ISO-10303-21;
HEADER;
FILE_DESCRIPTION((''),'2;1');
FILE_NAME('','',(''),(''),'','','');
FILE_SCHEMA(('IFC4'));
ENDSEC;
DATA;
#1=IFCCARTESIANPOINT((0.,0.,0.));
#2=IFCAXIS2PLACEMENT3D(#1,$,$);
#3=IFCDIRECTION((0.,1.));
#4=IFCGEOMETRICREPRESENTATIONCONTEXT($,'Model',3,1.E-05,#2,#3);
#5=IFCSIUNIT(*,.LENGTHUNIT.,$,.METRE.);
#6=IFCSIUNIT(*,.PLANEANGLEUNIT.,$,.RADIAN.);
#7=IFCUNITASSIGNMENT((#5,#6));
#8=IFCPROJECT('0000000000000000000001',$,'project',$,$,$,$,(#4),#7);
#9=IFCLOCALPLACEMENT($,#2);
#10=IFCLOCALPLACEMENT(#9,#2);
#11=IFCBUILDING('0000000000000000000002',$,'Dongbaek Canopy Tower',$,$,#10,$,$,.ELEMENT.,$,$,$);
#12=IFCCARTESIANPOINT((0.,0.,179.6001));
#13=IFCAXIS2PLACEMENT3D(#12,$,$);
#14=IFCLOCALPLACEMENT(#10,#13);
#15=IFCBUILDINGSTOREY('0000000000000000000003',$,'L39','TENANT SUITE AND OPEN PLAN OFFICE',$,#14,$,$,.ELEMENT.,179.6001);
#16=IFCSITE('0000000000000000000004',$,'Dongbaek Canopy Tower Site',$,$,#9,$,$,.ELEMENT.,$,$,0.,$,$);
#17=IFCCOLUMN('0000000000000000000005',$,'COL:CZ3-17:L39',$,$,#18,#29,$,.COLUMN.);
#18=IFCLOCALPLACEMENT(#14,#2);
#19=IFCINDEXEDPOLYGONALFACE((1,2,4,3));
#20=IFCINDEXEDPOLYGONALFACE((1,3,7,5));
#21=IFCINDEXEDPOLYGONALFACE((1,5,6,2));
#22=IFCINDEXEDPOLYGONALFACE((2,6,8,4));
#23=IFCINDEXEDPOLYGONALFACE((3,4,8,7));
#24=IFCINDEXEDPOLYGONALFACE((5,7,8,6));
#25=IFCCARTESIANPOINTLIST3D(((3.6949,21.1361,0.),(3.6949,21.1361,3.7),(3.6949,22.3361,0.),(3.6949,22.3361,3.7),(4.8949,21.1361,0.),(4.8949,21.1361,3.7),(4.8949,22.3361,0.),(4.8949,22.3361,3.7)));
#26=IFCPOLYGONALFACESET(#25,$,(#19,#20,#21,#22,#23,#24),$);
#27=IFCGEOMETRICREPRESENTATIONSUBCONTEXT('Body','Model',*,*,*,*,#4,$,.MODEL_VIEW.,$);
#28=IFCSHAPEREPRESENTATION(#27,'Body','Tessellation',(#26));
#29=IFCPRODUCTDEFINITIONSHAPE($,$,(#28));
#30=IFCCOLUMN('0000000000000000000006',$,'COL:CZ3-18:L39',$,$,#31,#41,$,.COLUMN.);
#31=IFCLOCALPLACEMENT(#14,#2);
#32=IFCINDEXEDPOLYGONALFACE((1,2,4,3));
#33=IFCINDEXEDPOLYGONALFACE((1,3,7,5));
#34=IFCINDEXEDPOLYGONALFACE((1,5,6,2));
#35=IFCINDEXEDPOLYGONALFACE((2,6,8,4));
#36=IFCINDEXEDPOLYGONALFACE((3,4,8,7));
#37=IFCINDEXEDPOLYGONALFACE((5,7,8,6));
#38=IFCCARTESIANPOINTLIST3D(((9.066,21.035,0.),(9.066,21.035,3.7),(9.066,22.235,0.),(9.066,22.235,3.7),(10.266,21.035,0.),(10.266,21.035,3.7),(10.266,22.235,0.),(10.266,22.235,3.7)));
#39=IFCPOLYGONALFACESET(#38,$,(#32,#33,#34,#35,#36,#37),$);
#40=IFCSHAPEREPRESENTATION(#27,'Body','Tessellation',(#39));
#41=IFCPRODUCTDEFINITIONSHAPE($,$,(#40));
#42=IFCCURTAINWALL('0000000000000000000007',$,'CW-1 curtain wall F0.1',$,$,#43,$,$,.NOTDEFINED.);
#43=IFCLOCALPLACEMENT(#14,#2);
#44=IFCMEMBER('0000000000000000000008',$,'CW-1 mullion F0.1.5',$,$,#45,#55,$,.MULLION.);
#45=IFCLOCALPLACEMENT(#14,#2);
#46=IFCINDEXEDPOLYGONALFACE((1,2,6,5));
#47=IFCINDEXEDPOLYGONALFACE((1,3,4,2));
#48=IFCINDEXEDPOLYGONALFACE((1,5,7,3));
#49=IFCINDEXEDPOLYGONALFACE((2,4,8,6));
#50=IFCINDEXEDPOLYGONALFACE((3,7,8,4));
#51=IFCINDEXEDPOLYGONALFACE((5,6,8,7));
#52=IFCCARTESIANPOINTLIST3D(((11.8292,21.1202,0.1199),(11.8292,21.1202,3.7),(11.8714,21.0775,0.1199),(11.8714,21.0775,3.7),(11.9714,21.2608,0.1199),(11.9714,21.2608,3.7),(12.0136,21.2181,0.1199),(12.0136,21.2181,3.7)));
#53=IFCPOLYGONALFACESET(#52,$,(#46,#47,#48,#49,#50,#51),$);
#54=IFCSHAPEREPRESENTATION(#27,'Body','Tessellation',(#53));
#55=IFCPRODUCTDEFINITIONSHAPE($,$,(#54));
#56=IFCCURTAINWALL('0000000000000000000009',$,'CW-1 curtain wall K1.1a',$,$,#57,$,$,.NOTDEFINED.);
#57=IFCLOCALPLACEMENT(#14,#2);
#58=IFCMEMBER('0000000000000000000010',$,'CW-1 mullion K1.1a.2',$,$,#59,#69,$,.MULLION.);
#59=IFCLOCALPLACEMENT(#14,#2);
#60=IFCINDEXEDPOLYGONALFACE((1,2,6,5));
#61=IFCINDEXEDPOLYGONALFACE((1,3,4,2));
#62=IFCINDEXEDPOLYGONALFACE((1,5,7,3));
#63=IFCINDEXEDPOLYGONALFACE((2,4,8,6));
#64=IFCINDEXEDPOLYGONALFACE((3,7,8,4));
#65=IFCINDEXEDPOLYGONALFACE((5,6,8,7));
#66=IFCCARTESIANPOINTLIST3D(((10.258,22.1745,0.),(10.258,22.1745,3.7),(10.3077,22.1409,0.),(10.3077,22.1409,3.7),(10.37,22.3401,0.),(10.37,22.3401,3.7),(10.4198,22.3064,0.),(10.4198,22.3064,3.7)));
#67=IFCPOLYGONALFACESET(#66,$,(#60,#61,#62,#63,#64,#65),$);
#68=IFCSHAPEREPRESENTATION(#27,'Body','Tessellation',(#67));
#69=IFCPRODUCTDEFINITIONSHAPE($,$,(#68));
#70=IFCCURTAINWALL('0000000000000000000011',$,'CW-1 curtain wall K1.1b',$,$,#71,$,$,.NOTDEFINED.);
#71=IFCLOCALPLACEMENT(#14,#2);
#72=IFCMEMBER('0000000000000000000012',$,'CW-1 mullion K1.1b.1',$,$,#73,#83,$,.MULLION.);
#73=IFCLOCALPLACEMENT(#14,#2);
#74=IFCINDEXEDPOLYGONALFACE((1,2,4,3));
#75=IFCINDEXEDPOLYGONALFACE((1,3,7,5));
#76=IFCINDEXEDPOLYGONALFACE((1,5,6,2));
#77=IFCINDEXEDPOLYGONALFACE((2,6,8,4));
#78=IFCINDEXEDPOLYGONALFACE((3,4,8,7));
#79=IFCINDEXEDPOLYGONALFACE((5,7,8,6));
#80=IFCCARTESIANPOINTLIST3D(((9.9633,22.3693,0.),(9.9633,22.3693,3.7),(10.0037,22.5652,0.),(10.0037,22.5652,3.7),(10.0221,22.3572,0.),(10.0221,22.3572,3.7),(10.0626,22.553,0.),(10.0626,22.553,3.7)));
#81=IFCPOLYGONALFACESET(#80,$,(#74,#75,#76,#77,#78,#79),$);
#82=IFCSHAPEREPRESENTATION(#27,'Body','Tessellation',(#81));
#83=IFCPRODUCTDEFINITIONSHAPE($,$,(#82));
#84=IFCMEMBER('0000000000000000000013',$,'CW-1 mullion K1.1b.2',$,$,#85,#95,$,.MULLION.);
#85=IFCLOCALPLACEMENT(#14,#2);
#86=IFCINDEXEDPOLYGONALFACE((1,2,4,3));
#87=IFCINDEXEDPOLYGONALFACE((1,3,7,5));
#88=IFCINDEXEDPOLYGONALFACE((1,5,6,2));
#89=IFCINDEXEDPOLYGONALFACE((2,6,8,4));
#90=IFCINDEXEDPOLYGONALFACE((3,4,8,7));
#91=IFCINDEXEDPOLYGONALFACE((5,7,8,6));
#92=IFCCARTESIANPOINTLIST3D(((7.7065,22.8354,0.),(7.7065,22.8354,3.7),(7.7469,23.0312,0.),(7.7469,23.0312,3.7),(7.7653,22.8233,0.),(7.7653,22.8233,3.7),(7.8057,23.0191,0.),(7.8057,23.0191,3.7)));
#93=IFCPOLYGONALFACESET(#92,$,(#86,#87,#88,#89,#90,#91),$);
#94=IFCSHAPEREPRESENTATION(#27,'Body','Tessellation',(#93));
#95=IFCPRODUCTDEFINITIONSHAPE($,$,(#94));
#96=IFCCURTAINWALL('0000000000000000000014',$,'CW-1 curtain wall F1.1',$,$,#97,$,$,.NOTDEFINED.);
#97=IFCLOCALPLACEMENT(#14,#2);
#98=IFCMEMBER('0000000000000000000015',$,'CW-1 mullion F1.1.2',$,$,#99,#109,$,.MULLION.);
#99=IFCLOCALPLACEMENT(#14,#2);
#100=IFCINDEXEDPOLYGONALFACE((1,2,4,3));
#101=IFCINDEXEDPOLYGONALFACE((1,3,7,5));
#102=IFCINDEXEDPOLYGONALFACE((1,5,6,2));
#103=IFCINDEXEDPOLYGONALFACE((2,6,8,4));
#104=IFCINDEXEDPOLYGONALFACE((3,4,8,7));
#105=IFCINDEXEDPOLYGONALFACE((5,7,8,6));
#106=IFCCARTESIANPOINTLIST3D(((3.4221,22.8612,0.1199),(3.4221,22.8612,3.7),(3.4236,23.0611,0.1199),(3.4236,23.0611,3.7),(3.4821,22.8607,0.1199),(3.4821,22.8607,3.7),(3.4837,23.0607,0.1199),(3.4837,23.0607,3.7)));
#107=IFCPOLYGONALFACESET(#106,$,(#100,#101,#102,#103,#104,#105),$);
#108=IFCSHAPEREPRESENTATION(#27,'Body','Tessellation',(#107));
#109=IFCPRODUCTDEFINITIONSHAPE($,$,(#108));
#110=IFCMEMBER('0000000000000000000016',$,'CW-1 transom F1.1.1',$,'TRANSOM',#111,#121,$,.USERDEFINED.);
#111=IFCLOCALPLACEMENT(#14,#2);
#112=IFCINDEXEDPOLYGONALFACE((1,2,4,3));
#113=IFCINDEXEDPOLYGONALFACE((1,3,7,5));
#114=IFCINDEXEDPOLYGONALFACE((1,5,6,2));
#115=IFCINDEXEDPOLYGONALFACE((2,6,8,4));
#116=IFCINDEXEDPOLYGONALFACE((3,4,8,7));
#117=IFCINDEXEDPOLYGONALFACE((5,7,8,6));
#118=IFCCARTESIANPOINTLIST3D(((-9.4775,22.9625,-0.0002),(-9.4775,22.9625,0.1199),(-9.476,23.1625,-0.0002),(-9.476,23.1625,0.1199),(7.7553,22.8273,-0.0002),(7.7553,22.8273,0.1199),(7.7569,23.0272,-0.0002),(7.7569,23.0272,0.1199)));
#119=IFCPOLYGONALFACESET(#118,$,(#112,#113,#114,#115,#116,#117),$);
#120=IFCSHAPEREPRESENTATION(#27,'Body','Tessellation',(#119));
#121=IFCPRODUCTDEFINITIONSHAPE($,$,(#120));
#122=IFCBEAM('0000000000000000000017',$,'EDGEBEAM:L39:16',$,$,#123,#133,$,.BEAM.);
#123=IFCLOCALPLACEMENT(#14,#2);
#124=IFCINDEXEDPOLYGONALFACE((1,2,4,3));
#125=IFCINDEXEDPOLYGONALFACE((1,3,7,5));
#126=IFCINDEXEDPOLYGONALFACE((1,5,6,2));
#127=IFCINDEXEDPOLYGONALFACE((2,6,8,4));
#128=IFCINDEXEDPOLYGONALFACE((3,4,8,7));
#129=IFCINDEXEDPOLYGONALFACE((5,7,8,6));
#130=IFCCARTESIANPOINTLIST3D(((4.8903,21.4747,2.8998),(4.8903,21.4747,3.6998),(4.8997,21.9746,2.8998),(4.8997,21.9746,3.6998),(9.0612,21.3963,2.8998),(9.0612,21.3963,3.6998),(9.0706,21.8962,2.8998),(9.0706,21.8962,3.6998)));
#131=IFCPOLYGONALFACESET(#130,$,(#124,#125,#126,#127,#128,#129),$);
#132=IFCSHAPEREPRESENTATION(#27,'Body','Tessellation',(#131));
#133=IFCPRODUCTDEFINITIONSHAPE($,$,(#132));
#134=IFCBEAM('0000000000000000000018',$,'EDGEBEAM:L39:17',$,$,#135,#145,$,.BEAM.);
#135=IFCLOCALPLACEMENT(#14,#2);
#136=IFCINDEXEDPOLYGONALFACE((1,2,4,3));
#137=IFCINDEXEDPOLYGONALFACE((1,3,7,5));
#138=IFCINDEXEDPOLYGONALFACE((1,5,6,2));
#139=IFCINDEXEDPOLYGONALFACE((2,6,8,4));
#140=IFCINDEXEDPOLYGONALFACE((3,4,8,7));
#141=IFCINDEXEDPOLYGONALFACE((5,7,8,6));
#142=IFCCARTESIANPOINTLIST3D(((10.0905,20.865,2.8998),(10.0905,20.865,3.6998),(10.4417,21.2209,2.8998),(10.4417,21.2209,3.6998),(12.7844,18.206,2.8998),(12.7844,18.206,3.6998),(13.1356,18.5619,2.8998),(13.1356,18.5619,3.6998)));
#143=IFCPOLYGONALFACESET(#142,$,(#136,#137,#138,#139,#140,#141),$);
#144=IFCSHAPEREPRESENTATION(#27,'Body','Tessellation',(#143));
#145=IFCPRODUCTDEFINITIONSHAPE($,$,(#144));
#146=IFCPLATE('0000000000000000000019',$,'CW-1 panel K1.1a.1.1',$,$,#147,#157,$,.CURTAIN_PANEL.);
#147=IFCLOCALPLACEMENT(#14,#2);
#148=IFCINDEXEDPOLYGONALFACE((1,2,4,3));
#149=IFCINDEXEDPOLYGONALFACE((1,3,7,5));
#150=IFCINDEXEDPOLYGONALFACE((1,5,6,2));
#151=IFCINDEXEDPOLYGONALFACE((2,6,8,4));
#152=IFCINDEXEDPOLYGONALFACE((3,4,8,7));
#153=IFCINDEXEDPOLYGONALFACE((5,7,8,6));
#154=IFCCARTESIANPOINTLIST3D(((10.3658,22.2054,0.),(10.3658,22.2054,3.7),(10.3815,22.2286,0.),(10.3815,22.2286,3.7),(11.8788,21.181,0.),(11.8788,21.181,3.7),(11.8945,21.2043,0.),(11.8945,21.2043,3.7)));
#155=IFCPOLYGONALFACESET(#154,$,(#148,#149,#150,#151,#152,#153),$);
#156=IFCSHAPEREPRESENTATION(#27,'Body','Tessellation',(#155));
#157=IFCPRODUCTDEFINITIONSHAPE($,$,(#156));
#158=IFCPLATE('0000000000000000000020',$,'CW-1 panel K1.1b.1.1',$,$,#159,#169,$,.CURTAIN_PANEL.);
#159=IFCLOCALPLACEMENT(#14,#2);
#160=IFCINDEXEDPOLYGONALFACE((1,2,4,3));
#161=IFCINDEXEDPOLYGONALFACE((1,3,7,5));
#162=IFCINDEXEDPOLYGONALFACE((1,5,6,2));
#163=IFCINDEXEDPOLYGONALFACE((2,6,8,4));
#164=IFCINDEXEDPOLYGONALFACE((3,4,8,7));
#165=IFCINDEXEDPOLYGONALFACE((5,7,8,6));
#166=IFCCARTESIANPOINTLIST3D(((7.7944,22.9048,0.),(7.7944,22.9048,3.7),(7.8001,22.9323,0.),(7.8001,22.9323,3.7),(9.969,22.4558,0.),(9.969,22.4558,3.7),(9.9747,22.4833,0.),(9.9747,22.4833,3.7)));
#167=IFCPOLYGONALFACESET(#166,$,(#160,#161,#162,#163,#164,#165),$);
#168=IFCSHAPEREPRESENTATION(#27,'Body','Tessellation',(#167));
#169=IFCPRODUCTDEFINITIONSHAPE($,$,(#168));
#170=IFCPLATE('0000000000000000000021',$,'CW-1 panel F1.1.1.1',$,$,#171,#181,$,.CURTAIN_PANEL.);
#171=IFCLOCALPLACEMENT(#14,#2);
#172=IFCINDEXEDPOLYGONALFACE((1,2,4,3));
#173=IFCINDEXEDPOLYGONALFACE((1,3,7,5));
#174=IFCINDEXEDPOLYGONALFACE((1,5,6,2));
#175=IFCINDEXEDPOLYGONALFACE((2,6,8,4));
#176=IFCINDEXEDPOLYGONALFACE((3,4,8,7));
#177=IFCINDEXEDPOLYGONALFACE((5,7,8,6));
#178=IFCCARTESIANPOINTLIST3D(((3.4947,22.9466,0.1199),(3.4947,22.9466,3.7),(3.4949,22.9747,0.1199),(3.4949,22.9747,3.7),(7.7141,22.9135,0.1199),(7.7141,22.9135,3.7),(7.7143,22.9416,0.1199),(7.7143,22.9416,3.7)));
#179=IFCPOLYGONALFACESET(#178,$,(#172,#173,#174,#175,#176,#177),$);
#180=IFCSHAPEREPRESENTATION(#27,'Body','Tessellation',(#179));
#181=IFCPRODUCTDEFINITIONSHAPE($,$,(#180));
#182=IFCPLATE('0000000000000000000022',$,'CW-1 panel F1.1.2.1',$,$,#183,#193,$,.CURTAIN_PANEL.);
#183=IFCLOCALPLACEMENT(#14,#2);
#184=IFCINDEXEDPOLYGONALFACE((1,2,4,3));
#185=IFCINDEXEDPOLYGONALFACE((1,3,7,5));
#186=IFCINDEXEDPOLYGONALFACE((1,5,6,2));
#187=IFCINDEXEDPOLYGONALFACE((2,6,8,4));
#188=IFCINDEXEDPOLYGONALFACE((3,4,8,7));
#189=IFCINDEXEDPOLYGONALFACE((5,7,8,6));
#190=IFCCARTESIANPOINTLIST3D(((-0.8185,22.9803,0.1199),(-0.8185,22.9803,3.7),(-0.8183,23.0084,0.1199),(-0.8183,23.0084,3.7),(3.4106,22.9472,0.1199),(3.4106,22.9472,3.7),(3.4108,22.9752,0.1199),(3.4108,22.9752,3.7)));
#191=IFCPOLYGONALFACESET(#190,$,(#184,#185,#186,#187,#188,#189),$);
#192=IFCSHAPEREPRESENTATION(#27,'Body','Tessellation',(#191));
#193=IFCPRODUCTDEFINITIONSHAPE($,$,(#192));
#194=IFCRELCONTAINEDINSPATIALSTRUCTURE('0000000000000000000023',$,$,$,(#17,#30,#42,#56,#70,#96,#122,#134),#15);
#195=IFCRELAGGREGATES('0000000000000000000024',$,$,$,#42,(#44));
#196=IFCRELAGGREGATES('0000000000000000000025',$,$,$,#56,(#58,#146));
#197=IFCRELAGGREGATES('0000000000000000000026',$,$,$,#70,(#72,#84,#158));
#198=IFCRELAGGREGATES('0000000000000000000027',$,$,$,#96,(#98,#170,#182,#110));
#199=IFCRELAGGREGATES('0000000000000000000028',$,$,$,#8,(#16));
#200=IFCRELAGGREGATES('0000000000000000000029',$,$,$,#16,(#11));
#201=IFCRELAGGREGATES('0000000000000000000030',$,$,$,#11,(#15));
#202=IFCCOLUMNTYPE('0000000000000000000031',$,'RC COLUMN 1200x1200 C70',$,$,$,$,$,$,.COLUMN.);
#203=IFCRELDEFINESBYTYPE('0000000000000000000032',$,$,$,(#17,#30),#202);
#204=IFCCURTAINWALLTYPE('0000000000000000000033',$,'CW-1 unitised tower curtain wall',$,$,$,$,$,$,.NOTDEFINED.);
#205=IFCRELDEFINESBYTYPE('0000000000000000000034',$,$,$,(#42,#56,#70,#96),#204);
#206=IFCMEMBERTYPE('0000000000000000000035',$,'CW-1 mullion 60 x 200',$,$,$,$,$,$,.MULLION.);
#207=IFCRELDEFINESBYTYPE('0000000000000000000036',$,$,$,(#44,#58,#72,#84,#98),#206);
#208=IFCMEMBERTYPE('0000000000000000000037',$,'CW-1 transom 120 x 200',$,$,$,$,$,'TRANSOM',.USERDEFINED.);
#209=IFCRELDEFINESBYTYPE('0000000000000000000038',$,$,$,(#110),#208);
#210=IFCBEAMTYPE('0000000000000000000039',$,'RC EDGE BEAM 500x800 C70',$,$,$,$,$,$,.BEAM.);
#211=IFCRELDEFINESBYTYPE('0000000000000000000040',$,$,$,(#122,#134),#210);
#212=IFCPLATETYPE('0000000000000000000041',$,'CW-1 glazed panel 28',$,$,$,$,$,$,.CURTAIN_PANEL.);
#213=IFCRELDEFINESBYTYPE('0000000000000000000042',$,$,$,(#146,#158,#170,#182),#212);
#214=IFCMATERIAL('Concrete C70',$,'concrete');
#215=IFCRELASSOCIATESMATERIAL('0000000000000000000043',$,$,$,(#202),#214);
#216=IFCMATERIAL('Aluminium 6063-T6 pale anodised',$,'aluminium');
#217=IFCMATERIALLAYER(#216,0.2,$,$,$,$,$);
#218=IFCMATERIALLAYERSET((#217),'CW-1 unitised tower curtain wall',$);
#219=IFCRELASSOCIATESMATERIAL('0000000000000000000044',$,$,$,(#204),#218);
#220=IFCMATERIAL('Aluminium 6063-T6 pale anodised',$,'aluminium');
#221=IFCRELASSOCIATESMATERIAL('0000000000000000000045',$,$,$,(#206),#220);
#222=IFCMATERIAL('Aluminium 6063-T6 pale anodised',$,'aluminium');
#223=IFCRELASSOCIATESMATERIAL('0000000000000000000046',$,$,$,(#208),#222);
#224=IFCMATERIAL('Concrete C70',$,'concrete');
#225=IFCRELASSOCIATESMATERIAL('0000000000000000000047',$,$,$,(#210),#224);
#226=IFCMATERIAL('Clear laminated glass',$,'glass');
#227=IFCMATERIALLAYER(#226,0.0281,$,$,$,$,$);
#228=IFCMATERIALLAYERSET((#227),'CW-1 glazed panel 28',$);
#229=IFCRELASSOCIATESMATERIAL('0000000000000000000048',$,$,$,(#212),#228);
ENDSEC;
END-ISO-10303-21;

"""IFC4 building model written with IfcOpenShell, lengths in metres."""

from ifc_helpers import new_model, si_unit, direction, frame, origin, origin_2d, place, context, subcontext, project, spatial, rectangle, extrude, material, layer, layer_set, material_profile, profile_set, type_object, element, aggregate, save


model = new_model("IFC4")

# Units and contexts
model_context = context("Model", 3, precision=1e-05, world=origin(), true_north=direction((0.0, 1.0)))
body_context = subcontext(model_context, "Body", "Model", "MODEL_VIEW")
ifc_project = project(units=[si_unit("LENGTHUNIT", "METRE"), si_unit("PLANEANGLEUNIT", "RADIAN")], contexts=[model_context])

# Site, building, storey
site_placement = place(None, origin())
site = spatial("IfcSite", under=ifc_project, at=site_placement, Name="Dongbaek Canopy Tower Site", CompositionType="ELEMENT", RefElevation=0.0)
building_placement = place(site_placement, origin())
building = spatial("IfcBuilding", under=site, at=building_placement, Name="Dongbaek Canopy Tower", CompositionType="ELEMENT")
storey_placement = place(building_placement, frame((0.0, 0.0, 179.6001)))
storey = spatial("IfcBuildingStorey", under=building, at=storey_placement, Name="L39", Description="TENANT SUITE AND OPEN PLAN OFFICE", CompositionType="ELEMENT", Elevation=179.6001)

# Columns
ifc_material_1 = material(Name="Concrete C70", Category="concrete")
ifc_material_profile_1 = material_profile(ifc_material_1, rectangle(XDim=1.2, YDim=1.2, at=origin_2d()), Name="RC COLUMN 1200x1200 C70")
ifc_profile_set_1 = profile_set([ifc_material_profile_1], Name="Concrete C70")
column_type = type_object("IfcColumnType", Name="RC COLUMN 1200x1200 C70", PredefinedType="COLUMN", material=ifc_profile_set_1)
for number, where, z_axis, x_axis, name in (
    (1, (4.2949, 21.7361, 0.0), (0.0, 0.0, 1.0), (1.0, 0.0, 0.0), "COL:CZ3-17:L39"),
    (2, (9.666, 21.635, 0.0), (0.0, 0.0, 1.0), (1.0, 0.0, 0.0), "COL:CZ3-18:L39"),
):
    element("IfcColumn", number, at=place(storey_placement, frame(where, z_axis=z_axis, x_axis=x_axis)), inside=storey, type_object=column_type, Name=name, PredefinedType="COLUMN", context=body_context, shape_type="SweptSolid", body=[
        extrude(rectangle(XDim=1.2, YDim=1.2, at=origin_2d()), origin(), (0.0, 0.0, 1.0), 3.7),
    ])

# Curtain walls, members
ifc_material_2 = material(Name="Aluminium 6063-T6 pale anodised", Category="aluminium")
ifc_layer_1 = layer(ifc_material_2, 0.2)
ifc_layer_set_1 = layer_set([ifc_layer_1], Name="CW-1 unitised tower curtain wall")
curtain_wall_type = type_object("IfcCurtainWallType", Name="CW-1 unitised tower curtain wall", PredefinedType="NOTDEFINED", material=ifc_layer_set_1)
curtain_wall_1_placement = place(storey_placement, origin())
curtain_wall_1 = element("IfcCurtainWall", 3, at=curtain_wall_1_placement, inside=storey, type_object=curtain_wall_type, Name="CW-1 curtain wall F0.1", PredefinedType="NOTDEFINED")
ifc_material_3 = material(Name="Aluminium 6063-T6 pale anodised", Category="aluminium")
ifc_material_profile_2 = material_profile(ifc_material_3, rectangle(XDim=0.2, YDim=0.0601, at=origin_2d()), Name="CW-1 mullion 60 x 200")
ifc_profile_set_2 = profile_set([ifc_material_profile_2], Name="Aluminium 6063-T6 pale anodised")
member_type_1 = type_object("IfcMemberType", Name="CW-1 mullion 60 x 200", PredefinedType="MULLION", material=ifc_profile_set_2)
member_1_placement = place(storey_placement, frame((11.9214, 21.1692, 0.1199), z_axis=(0.0, 0.0, 1.0), x_axis=(0.710991, 0.703201, 0.0)))
member_1 = element("IfcMember", 4, at=member_1_placement, type_object=member_type_1, Name="CW-1 mullion F0.1.5", PredefinedType="MULLION", context=body_context, shape_type="SweptSolid", body=[
    extrude(rectangle(XDim=0.2, YDim=0.0601, at=origin_2d()), origin(), (0.0, 0.0, 1.0), 3.5801),
])
aggregate(curtain_wall_1, [member_1])
curtain_wall_2_placement = place(storey_placement, origin())
curtain_wall_2 = element("IfcCurtainWall", 5, at=curtain_wall_2_placement, inside=storey, type_object=curtain_wall_type, Name="CW-1 curtain wall K1.1a", PredefinedType="NOTDEFINED")
member_2_placement = place(storey_placement, frame((10.3389, 22.2405, 0.0), z_axis=(0.0, 0.0, 1.0), x_axis=(0.560626, 0.828069, 0.0)))
member_2 = element("IfcMember", 6, at=member_2_placement, type_object=member_type_1, Name="CW-1 mullion K1.1a.2", PredefinedType="MULLION", context=body_context, shape_type="SweptSolid", body=[
    extrude(rectangle(XDim=0.2, YDim=0.0601, at=origin_2d()), origin(), (0.0, 0.0, 1.0), 3.7),
])

# Curtain walls, members
curtain_wall_3_placement = place(storey_placement, origin())
curtain_wall_3 = element("IfcCurtainWall", 7, at=curtain_wall_3_placement, inside=storey, type_object=curtain_wall_type, Name="CW-1 curtain wall K1.1b", PredefinedType="NOTDEFINED")
member_3_placement = place(storey_placement, frame((10.0129, 22.4612, 0.0), z_axis=(0.0, 0.0, 1.0), x_axis=(0.202208, 0.979343, 0.0)))
member_3 = element("IfcMember", 8, at=member_3_placement, type_object=member_type_1, Name="CW-1 mullion K1.1b.1", PredefinedType="MULLION", context=body_context, shape_type="SweptSolid", body=[
    extrude(rectangle(XDim=0.2, YDim=0.0601, at=origin_2d()), origin(), (0.0, 0.0, 1.0), 3.7),
])
member_4_placement = place(storey_placement, frame((7.7561, 22.9272, 0.0), z_axis=(0.0, 0.0, 1.0), x_axis=(0.202208, 0.979343, 0.0)))
member_4 = element("IfcMember", 9, at=member_4_placement, type_object=member_type_1, Name="CW-1 mullion K1.1b.2", PredefinedType="MULLION", context=body_context, shape_type="SweptSolid", body=[
    extrude(rectangle(XDim=0.2, YDim=0.0601, at=origin_2d()), origin(), (0.0, 0.0, 1.0), 3.7),
])
curtain_wall_4_placement = place(storey_placement, origin())
curtain_wall_4 = element("IfcCurtainWall", 10, at=curtain_wall_4_placement, inside=storey, type_object=curtain_wall_type, Name="CW-1 curtain wall F1.1", PredefinedType="NOTDEFINED")
member_5_placement = place(storey_placement, frame((3.4529, 22.9609, 0.1199), z_axis=(0.0, 0.0, 1.0), x_axis=(0.007847, 0.999969, 0.0)))
member_5 = element("IfcMember", 11, at=member_5_placement, type_object=member_type_1, Name="CW-1 mullion F1.1.2", PredefinedType="MULLION", context=body_context, shape_type="SweptSolid", body=[
    extrude(rectangle(XDim=0.2, YDim=0.0601, at=origin_2d()), origin(), (0.0, 0.0, 1.0), 3.5801),
])
ifc_material_4 = material(Name="Aluminium 6063-T6 pale anodised", Category="aluminium")
ifc_material_profile_3 = material_profile(ifc_material_4, rectangle(XDim=0.2, YDim=0.1201, at=origin_2d()), Name="CW-1 transom 120 x 200")
ifc_profile_set_3 = profile_set([ifc_material_profile_3], Name="Aluminium 6063-T6 pale anodised")
member_type_2 = type_object("IfcMemberType", Name="CW-1 transom 120 x 200", ElementType="TRANSOM", PredefinedType="USERDEFINED", material=ifc_profile_set_3)
member_6_placement = place(storey_placement, frame((7.7561, 22.9272, 0.0598), z_axis=(-0.999969, 0.007848, 0.0), x_axis=(-0.007848, -0.999969, 0.0)))
member_6 = element("IfcMember", 12, at=member_6_placement, type_object=member_type_2, Name="CW-1 transom F1.1.1", ObjectType="TRANSOM", PredefinedType="USERDEFINED", context=body_context, shape_type="SweptSolid", body=[
    extrude(rectangle(XDim=0.2, YDim=0.1201, at=origin_2d()), origin(), (0.0, 0.0, 1.0), 17.2334),
])

# Beams
ifc_material_5 = material(Name="Concrete C70", Category="concrete")
ifc_material_profile_4 = material_profile(ifc_material_5, rectangle(XDim=0.5, YDim=0.8, at=origin_2d()), Name="RC EDGE BEAM 500x800 C70")
ifc_profile_set_4 = profile_set([ifc_material_profile_4], Name="Concrete C70")
beam_type = type_object("IfcBeamType", Name="RC EDGE BEAM 500x800 C70", PredefinedType="BEAM", material=ifc_profile_set_4)
beam_1_placement = place(storey_placement, frame((4.895, 21.7246, 3.2998), z_axis=(0.999824, -0.018786, 0.0), x_axis=(0.018786, 0.999824, 0.0)))
element("IfcBeam", 13, at=beam_1_placement, inside=storey, type_object=beam_type, Name="EDGEBEAM:L39:16", PredefinedType="BEAM", context=body_context, shape_type="SweptSolid", body=[
    extrude(rectangle(XDim=0.5, YDim=0.8, at=origin_2d()), origin(), (0.0, 0.0, 1.0), 4.1716),
])
beam_2_placement = place(storey_placement, frame((10.2661, 21.043, 3.2998), z_axis=(0.711704, -0.70248, 0.0), x_axis=(0.70248, 0.711704, 0.0)))
element("IfcBeam", 14, at=beam_2_placement, inside=storey, type_object=beam_type, Name="EDGEBEAM:L39:17", PredefinedType="BEAM", context=body_context, shape_type="SweptSolid", body=[
    extrude(rectangle(XDim=0.5, YDim=0.8, at=origin_2d()), origin(), (0.0, 0.0, 1.0), 3.7852),
])

# Plates
ifc_material_6 = material(Name="Clear laminated glass", Category="glass")
ifc_layer_2 = layer(ifc_material_6, 0.0281)
ifc_layer_set_2 = layer_set([ifc_layer_2], Name="CW-1 glazed panel 28")
plate_type = type_object("IfcPlateType", Name="CW-1 glazed panel 28", PredefinedType="CURTAIN_PANEL", material=ifc_layer_set_2)
plate_1_placement = place(storey_placement, frame((11.1301, 21.7048, 0.0), z_axis=(0.0, 0.0, 1.0), x_axis=(-0.828069, 0.560626, 0.0)))
plate_1 = element("IfcPlate", 15, at=plate_1_placement, type_object=plate_type, Name="CW-1 panel K1.1a.1.1", PredefinedType="CURTAIN_PANEL", context=body_context, shape_type="SweptSolid", body=[
    extrude(rectangle(XDim=1.8271, YDim=0.0281, at=origin_2d()), origin(), (0.0, 0.0, 1.0), 3.7),
])
aggregate(curtain_wall_2, [member_2, plate_1])
plate_2_placement = place(storey_placement, frame((8.8845, 22.6941, 0.0), z_axis=(0.0, 0.0, 1.0), x_axis=(-0.979343, 0.202208, 0.0)))
plate_2 = element("IfcPlate", 16, at=plate_2_placement, type_object=plate_type, Name="CW-1 panel K1.1b.1.1", PredefinedType="CURTAIN_PANEL", context=body_context, shape_type="SweptSolid", body=[
    extrude(rectangle(XDim=2.2205, YDim=0.0281, at=origin_2d()), origin(), (0.0, 0.0, 1.0), 3.7),
])
aggregate(curtain_wall_3, [member_3, member_4, plate_2])
plate_3_placement = place(storey_placement, frame((5.6045, 22.9441, 0.1199), z_axis=(0.0, 0.0, 1.0), x_axis=(-0.999969, 0.007847, 0.0)))
plate_3 = element("IfcPlate", 17, at=plate_3_placement, type_object=plate_type, Name="CW-1 panel F1.1.1.1", PredefinedType="CURTAIN_PANEL", context=body_context, shape_type="SweptSolid", body=[
    extrude(rectangle(XDim=4.2195, YDim=0.0281, at=origin_2d()), origin(), (0.0, 0.0, 1.0), 3.5801),
])
plate_4_placement = place(storey_placement, frame((1.2961, 22.9778, 0.1199), z_axis=(0.0, 0.0, 1.0), x_axis=(-0.999969, 0.007847, 0.0)))
plate_4 = element("IfcPlate", 18, at=plate_4_placement, type_object=plate_type, Name="CW-1 panel F1.1.2.1", PredefinedType="CURTAIN_PANEL", context=body_context, shape_type="SweptSolid", body=[
    extrude(rectangle(XDim=4.2292, YDim=0.0281, at=origin_2d()), origin(), (0.0, 0.0, 1.0), 3.5801),
])

aggregate(curtain_wall_4, [member_5, plate_3, plate_4, member_6])

save(model, "model.ifc")
